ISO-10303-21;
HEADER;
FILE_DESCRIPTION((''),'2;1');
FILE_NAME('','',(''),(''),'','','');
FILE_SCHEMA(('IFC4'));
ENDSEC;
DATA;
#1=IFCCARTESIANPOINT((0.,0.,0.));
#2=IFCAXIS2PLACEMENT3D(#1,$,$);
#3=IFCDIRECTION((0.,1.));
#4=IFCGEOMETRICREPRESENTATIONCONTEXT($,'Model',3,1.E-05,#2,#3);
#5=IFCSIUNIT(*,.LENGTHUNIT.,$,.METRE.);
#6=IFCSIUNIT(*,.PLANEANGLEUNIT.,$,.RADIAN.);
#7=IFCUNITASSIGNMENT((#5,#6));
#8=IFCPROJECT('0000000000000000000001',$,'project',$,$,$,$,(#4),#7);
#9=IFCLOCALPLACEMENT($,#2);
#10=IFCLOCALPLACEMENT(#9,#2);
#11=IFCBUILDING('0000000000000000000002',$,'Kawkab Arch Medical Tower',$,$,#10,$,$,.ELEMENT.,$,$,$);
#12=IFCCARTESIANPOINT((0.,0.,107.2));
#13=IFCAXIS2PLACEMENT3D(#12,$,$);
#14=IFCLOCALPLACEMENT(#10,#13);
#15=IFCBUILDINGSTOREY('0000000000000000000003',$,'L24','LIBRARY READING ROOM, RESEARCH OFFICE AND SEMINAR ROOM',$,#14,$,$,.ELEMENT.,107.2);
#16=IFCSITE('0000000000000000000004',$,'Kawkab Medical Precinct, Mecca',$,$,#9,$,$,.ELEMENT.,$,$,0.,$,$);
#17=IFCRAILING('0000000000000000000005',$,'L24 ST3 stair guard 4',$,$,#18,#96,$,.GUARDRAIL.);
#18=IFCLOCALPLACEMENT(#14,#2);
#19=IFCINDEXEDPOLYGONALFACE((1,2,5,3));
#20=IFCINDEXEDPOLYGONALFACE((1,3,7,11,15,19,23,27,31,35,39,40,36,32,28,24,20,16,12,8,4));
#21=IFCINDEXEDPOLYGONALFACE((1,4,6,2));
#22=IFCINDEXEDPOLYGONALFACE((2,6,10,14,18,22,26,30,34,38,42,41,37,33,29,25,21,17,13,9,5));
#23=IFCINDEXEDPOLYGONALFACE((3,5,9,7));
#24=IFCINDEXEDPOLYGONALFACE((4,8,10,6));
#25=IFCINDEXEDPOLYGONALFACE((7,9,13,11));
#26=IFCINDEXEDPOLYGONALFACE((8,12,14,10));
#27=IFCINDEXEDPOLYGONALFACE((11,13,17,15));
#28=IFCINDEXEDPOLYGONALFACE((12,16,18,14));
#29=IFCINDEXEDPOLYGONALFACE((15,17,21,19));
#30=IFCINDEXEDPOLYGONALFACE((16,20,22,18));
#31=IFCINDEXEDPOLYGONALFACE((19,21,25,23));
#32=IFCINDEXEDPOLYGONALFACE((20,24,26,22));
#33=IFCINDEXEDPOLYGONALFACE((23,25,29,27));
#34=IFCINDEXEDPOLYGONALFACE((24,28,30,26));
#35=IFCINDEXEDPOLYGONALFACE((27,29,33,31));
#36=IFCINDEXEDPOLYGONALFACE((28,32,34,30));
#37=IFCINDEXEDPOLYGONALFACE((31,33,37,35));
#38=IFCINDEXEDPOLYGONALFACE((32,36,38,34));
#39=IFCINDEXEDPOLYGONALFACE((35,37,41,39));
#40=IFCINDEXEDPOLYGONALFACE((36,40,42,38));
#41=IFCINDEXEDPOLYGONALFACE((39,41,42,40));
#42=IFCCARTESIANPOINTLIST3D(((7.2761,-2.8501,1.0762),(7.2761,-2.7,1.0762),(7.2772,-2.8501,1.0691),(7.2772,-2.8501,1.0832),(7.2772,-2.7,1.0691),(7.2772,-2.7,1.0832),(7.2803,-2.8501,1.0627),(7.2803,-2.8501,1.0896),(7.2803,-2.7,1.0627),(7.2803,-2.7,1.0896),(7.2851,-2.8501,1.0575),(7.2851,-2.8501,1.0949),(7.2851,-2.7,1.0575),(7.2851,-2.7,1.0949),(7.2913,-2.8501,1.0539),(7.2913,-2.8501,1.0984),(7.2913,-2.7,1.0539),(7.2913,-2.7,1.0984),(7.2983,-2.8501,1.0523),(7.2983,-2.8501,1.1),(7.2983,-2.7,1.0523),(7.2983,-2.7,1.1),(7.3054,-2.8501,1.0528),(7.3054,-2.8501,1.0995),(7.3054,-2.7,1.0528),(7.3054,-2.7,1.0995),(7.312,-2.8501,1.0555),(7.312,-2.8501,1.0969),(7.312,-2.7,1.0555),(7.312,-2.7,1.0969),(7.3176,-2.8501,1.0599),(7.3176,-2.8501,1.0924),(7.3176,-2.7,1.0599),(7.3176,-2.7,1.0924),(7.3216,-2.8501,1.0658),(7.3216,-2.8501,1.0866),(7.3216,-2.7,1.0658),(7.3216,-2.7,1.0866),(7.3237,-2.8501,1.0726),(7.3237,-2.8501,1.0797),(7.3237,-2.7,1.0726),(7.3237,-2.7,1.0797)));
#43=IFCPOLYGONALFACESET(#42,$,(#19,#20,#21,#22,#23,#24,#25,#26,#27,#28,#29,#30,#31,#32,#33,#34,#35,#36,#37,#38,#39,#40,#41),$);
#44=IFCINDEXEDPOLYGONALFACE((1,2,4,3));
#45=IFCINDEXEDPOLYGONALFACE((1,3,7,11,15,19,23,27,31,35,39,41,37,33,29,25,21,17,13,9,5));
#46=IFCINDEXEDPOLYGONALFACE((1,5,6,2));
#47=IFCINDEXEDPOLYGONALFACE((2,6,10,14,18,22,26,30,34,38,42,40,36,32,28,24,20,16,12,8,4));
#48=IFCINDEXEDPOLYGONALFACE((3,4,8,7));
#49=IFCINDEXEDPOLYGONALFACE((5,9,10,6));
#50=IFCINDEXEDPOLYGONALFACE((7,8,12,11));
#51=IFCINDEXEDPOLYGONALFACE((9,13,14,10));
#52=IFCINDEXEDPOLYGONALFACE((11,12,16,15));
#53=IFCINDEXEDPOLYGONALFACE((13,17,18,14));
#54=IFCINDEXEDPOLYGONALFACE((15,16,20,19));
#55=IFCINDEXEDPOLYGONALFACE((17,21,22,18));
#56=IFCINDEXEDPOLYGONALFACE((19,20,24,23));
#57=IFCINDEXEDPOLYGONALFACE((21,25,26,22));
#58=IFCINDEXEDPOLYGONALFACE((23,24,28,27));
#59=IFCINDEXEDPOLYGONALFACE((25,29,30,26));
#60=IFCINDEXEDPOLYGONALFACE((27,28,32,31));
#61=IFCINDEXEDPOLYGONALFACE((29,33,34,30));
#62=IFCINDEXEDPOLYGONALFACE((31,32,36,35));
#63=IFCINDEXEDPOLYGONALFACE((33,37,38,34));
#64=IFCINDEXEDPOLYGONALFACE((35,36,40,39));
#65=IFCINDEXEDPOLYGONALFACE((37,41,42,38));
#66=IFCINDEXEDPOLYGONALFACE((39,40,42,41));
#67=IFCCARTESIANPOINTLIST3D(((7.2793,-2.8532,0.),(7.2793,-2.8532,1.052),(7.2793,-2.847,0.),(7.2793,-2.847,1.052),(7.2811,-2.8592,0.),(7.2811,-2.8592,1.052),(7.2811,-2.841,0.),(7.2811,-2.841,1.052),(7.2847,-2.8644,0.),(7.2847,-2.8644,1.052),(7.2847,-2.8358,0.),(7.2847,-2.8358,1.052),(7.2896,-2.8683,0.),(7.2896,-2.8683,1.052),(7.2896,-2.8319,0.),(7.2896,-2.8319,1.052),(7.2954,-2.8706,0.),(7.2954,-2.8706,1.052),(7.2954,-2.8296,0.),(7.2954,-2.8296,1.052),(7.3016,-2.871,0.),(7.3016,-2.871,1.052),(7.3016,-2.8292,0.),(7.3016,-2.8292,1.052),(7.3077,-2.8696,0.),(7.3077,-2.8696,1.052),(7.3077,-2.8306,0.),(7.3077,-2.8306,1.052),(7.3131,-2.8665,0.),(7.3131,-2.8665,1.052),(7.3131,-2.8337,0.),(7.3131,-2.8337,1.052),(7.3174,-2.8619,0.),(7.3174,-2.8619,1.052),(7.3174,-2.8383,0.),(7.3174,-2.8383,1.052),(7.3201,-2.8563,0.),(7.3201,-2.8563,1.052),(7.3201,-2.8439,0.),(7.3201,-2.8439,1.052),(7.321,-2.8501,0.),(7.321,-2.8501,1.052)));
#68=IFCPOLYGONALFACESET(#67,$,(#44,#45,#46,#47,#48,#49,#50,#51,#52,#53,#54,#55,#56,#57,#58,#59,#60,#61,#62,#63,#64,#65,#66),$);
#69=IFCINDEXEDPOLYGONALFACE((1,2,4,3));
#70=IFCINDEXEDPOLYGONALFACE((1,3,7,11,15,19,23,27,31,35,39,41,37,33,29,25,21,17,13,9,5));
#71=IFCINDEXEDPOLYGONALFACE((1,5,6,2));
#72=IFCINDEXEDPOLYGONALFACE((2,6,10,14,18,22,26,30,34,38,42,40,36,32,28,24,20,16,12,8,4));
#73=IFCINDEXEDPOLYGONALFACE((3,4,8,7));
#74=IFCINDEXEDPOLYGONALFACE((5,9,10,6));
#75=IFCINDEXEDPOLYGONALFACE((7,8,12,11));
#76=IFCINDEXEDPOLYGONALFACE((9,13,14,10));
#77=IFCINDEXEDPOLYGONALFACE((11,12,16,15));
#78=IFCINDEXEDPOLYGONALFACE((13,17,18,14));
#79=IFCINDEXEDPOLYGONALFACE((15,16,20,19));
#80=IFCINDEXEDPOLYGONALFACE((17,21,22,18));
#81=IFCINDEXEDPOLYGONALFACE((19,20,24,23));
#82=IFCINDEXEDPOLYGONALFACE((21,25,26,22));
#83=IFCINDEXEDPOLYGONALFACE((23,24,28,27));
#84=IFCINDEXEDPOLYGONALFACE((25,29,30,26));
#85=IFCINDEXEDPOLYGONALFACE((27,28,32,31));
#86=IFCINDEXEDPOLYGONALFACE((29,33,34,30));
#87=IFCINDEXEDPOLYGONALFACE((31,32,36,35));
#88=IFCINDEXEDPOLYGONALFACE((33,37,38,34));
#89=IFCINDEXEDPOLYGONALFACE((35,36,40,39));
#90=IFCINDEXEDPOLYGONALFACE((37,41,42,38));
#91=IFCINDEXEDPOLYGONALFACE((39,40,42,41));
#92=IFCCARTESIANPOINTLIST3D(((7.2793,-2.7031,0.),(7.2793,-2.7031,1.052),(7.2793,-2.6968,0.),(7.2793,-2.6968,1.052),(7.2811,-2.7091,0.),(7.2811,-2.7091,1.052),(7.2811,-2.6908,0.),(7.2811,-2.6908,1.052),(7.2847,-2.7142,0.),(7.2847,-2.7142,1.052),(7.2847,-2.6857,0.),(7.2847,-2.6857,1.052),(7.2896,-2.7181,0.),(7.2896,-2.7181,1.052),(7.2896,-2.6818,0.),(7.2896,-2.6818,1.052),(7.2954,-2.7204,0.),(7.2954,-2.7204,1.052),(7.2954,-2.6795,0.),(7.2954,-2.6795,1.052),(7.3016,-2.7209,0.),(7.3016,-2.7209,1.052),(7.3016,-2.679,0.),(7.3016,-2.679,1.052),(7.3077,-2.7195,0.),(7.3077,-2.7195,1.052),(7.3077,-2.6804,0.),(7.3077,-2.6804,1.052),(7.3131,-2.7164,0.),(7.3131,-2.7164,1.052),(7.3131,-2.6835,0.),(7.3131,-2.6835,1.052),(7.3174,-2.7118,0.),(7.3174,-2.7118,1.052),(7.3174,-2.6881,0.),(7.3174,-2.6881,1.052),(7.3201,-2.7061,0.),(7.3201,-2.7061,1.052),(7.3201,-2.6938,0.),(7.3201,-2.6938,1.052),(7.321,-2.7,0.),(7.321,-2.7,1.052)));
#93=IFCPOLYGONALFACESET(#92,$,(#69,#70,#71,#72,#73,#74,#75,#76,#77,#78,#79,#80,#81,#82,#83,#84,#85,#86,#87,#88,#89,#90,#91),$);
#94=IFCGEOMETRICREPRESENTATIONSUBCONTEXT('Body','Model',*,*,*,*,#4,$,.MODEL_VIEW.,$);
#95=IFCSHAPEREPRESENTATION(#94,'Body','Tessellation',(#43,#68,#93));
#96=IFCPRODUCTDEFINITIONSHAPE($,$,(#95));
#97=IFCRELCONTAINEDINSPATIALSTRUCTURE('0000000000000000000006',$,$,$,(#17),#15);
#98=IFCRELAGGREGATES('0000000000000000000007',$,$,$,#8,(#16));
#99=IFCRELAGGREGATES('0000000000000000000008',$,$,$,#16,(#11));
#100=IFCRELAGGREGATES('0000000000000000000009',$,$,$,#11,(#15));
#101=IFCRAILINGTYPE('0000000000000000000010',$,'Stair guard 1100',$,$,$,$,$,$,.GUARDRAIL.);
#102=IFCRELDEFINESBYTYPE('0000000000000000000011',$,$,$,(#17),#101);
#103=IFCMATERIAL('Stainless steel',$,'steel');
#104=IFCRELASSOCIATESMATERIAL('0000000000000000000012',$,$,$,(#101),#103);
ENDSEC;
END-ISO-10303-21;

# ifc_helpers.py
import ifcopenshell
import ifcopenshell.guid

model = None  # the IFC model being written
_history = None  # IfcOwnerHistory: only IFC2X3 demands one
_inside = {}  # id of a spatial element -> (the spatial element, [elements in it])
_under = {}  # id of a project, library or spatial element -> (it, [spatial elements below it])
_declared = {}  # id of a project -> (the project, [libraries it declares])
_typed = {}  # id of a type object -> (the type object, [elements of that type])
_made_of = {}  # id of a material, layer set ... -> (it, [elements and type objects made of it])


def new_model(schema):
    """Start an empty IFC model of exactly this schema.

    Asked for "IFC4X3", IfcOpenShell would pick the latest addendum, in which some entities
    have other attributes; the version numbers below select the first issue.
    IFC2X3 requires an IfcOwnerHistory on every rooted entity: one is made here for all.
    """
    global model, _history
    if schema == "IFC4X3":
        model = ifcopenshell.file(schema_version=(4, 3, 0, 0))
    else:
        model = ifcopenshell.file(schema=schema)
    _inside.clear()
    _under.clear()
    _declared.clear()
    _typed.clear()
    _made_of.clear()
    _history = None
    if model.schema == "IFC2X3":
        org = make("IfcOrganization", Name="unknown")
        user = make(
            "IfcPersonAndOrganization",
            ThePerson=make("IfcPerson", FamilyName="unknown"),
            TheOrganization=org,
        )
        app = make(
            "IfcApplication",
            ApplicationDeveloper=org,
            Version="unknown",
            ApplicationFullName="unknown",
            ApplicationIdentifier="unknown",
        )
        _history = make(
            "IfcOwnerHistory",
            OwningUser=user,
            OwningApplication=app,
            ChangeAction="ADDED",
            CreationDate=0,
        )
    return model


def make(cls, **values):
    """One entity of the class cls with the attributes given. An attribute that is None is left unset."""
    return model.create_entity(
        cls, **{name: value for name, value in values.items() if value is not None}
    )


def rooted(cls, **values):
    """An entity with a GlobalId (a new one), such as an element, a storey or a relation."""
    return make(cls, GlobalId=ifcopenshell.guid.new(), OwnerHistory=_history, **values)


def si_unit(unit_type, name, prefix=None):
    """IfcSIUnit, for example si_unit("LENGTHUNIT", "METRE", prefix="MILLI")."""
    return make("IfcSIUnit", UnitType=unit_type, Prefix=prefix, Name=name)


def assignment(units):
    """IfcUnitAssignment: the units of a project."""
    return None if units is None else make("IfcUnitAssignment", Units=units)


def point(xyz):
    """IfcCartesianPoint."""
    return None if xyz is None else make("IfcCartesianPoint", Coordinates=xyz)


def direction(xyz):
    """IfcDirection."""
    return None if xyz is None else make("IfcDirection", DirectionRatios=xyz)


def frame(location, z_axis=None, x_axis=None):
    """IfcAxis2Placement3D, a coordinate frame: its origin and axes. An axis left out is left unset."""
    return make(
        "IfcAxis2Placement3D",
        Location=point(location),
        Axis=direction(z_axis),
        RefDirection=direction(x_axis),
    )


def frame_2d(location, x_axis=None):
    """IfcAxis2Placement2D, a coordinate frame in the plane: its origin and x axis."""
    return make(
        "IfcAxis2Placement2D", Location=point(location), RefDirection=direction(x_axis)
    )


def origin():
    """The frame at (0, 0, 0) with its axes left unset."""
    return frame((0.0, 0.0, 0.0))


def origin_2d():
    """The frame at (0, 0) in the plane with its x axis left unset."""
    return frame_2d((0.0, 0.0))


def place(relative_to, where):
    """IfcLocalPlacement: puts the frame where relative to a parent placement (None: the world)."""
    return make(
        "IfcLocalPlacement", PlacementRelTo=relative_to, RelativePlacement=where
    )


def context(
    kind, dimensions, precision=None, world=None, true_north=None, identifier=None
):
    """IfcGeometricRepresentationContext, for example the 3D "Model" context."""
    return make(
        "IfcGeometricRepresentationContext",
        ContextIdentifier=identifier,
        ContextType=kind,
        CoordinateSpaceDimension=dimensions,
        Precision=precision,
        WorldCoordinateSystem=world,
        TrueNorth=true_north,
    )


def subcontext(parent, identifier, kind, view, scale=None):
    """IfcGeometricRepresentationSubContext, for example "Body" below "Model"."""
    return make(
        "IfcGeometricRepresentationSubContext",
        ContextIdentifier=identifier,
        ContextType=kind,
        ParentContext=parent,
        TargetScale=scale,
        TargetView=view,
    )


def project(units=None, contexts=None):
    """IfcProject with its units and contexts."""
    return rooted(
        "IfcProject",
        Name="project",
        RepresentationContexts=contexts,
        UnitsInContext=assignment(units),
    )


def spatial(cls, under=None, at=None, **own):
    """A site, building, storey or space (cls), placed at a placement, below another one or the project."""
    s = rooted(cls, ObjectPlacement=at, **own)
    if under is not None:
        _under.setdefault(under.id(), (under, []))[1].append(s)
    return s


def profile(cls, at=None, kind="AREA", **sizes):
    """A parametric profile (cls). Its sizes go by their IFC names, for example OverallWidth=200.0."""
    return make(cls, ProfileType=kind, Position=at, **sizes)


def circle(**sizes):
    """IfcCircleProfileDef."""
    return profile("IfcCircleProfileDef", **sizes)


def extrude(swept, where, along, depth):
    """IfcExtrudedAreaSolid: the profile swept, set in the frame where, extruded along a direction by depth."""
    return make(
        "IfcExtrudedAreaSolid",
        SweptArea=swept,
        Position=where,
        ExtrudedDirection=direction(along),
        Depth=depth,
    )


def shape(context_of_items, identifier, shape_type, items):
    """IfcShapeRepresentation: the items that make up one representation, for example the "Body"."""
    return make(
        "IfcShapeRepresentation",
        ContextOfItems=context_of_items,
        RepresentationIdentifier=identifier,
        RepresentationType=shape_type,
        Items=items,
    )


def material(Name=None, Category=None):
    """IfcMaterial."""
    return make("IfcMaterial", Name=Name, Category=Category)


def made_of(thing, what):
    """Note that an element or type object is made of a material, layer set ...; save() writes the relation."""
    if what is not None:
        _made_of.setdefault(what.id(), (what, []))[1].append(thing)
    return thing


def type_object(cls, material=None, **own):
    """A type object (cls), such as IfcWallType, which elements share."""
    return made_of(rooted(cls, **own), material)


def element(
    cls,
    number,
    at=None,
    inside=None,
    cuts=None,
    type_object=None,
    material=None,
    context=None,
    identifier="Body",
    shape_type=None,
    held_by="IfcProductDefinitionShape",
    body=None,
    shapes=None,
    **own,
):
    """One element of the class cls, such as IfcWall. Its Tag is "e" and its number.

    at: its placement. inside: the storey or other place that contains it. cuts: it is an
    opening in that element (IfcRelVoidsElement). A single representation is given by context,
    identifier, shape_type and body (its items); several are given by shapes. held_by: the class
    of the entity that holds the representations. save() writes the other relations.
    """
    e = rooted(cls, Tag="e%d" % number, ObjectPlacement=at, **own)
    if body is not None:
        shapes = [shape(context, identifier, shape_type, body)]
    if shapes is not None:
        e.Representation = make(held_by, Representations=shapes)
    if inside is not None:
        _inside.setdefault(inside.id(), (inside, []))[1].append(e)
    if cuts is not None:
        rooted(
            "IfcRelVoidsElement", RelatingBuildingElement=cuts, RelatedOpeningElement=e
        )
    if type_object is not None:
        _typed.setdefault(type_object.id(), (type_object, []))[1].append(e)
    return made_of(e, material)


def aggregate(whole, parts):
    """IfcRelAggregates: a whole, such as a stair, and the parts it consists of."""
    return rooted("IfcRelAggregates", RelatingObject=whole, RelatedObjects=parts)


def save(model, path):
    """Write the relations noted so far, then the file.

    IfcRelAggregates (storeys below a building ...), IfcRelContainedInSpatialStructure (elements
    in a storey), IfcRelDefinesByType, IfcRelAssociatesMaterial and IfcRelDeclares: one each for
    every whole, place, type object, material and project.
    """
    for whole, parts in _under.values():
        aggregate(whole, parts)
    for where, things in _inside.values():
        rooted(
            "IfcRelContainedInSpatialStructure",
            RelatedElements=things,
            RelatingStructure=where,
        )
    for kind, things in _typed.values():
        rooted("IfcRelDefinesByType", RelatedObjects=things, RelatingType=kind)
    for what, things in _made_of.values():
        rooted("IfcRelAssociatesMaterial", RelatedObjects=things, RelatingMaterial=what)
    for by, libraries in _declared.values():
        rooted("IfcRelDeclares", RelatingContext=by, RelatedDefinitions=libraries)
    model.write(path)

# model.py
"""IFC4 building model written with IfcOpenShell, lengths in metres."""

from ifc_helpers import new_model, si_unit, direction, frame, origin, origin_2d, place, context, subcontext, project, spatial, circle, extrude, material, type_object, element, save


model = new_model("IFC4")

# Units and contexts
model_context = context("Model", 3, precision=1e-05, world=origin(), true_north=direction((0.0, 1.0)))
body_context = subcontext(model_context, "Body", "Model", "MODEL_VIEW")
ifc_project = project(units=[si_unit("LENGTHUNIT", "METRE"), si_unit("PLANEANGLEUNIT", "RADIAN")], contexts=[model_context])

# Site, building, storey
site_placement = place(None, origin())
site = spatial("IfcSite", under=ifc_project, at=site_placement, Name="Kawkab Medical Precinct, Mecca", CompositionType="ELEMENT", RefElevation=0.0)
building_placement = place(site_placement, origin())
building = spatial("IfcBuilding", under=site, at=building_placement, Name="Kawkab Arch Medical Tower", CompositionType="ELEMENT")
storey_placement = place(building_placement, frame((0.0, 0.0, 107.2)))
storey = spatial("IfcBuildingStorey", under=building, at=storey_placement, Name="L24", Description="LIBRARY READING ROOM, RESEARCH OFFICE AND SEMINAR ROOM", CompositionType="ELEMENT", Elevation=107.2)

# Railing
ifc_material_1 = material(Name="Stainless steel", Category="steel")
railing_type_1 = type_object("IfcRailingType", Name="Stair guard 1100", PredefinedType="GUARDRAIL", material=ifc_material_1)
railing_1_placement = place(storey_placement, frame((7.3, -2.8501, 0.0)))
element("IfcRailing", 1, at=railing_1_placement, inside=storey, type_object=railing_type_1, Name="L24 ST3 stair guard 4", PredefinedType="GUARDRAIL", context=body_context, shape_type="SweptSolid", body=[
    extrude(circle(Radius=0.0239, at=origin_2d()), frame((0.0, 0.0, 1.0762), z_axis=(0.0, 1.0, 0.0), x_axis=(-1.0, 0.0, 0.0)), (0.0, 0.0, 1.0), 0.1501),
    extrude(circle(Radius=0.021, at=origin_2d()), origin(), (0.0, 0.0, 1.0), 1.052),
    extrude(circle(Radius=0.021, at=origin_2d()), frame((0.0, 0.1501, 0.0)), (0.0, 0.0, 1.0), 1.052),
])

save(model, "model.ifc")
